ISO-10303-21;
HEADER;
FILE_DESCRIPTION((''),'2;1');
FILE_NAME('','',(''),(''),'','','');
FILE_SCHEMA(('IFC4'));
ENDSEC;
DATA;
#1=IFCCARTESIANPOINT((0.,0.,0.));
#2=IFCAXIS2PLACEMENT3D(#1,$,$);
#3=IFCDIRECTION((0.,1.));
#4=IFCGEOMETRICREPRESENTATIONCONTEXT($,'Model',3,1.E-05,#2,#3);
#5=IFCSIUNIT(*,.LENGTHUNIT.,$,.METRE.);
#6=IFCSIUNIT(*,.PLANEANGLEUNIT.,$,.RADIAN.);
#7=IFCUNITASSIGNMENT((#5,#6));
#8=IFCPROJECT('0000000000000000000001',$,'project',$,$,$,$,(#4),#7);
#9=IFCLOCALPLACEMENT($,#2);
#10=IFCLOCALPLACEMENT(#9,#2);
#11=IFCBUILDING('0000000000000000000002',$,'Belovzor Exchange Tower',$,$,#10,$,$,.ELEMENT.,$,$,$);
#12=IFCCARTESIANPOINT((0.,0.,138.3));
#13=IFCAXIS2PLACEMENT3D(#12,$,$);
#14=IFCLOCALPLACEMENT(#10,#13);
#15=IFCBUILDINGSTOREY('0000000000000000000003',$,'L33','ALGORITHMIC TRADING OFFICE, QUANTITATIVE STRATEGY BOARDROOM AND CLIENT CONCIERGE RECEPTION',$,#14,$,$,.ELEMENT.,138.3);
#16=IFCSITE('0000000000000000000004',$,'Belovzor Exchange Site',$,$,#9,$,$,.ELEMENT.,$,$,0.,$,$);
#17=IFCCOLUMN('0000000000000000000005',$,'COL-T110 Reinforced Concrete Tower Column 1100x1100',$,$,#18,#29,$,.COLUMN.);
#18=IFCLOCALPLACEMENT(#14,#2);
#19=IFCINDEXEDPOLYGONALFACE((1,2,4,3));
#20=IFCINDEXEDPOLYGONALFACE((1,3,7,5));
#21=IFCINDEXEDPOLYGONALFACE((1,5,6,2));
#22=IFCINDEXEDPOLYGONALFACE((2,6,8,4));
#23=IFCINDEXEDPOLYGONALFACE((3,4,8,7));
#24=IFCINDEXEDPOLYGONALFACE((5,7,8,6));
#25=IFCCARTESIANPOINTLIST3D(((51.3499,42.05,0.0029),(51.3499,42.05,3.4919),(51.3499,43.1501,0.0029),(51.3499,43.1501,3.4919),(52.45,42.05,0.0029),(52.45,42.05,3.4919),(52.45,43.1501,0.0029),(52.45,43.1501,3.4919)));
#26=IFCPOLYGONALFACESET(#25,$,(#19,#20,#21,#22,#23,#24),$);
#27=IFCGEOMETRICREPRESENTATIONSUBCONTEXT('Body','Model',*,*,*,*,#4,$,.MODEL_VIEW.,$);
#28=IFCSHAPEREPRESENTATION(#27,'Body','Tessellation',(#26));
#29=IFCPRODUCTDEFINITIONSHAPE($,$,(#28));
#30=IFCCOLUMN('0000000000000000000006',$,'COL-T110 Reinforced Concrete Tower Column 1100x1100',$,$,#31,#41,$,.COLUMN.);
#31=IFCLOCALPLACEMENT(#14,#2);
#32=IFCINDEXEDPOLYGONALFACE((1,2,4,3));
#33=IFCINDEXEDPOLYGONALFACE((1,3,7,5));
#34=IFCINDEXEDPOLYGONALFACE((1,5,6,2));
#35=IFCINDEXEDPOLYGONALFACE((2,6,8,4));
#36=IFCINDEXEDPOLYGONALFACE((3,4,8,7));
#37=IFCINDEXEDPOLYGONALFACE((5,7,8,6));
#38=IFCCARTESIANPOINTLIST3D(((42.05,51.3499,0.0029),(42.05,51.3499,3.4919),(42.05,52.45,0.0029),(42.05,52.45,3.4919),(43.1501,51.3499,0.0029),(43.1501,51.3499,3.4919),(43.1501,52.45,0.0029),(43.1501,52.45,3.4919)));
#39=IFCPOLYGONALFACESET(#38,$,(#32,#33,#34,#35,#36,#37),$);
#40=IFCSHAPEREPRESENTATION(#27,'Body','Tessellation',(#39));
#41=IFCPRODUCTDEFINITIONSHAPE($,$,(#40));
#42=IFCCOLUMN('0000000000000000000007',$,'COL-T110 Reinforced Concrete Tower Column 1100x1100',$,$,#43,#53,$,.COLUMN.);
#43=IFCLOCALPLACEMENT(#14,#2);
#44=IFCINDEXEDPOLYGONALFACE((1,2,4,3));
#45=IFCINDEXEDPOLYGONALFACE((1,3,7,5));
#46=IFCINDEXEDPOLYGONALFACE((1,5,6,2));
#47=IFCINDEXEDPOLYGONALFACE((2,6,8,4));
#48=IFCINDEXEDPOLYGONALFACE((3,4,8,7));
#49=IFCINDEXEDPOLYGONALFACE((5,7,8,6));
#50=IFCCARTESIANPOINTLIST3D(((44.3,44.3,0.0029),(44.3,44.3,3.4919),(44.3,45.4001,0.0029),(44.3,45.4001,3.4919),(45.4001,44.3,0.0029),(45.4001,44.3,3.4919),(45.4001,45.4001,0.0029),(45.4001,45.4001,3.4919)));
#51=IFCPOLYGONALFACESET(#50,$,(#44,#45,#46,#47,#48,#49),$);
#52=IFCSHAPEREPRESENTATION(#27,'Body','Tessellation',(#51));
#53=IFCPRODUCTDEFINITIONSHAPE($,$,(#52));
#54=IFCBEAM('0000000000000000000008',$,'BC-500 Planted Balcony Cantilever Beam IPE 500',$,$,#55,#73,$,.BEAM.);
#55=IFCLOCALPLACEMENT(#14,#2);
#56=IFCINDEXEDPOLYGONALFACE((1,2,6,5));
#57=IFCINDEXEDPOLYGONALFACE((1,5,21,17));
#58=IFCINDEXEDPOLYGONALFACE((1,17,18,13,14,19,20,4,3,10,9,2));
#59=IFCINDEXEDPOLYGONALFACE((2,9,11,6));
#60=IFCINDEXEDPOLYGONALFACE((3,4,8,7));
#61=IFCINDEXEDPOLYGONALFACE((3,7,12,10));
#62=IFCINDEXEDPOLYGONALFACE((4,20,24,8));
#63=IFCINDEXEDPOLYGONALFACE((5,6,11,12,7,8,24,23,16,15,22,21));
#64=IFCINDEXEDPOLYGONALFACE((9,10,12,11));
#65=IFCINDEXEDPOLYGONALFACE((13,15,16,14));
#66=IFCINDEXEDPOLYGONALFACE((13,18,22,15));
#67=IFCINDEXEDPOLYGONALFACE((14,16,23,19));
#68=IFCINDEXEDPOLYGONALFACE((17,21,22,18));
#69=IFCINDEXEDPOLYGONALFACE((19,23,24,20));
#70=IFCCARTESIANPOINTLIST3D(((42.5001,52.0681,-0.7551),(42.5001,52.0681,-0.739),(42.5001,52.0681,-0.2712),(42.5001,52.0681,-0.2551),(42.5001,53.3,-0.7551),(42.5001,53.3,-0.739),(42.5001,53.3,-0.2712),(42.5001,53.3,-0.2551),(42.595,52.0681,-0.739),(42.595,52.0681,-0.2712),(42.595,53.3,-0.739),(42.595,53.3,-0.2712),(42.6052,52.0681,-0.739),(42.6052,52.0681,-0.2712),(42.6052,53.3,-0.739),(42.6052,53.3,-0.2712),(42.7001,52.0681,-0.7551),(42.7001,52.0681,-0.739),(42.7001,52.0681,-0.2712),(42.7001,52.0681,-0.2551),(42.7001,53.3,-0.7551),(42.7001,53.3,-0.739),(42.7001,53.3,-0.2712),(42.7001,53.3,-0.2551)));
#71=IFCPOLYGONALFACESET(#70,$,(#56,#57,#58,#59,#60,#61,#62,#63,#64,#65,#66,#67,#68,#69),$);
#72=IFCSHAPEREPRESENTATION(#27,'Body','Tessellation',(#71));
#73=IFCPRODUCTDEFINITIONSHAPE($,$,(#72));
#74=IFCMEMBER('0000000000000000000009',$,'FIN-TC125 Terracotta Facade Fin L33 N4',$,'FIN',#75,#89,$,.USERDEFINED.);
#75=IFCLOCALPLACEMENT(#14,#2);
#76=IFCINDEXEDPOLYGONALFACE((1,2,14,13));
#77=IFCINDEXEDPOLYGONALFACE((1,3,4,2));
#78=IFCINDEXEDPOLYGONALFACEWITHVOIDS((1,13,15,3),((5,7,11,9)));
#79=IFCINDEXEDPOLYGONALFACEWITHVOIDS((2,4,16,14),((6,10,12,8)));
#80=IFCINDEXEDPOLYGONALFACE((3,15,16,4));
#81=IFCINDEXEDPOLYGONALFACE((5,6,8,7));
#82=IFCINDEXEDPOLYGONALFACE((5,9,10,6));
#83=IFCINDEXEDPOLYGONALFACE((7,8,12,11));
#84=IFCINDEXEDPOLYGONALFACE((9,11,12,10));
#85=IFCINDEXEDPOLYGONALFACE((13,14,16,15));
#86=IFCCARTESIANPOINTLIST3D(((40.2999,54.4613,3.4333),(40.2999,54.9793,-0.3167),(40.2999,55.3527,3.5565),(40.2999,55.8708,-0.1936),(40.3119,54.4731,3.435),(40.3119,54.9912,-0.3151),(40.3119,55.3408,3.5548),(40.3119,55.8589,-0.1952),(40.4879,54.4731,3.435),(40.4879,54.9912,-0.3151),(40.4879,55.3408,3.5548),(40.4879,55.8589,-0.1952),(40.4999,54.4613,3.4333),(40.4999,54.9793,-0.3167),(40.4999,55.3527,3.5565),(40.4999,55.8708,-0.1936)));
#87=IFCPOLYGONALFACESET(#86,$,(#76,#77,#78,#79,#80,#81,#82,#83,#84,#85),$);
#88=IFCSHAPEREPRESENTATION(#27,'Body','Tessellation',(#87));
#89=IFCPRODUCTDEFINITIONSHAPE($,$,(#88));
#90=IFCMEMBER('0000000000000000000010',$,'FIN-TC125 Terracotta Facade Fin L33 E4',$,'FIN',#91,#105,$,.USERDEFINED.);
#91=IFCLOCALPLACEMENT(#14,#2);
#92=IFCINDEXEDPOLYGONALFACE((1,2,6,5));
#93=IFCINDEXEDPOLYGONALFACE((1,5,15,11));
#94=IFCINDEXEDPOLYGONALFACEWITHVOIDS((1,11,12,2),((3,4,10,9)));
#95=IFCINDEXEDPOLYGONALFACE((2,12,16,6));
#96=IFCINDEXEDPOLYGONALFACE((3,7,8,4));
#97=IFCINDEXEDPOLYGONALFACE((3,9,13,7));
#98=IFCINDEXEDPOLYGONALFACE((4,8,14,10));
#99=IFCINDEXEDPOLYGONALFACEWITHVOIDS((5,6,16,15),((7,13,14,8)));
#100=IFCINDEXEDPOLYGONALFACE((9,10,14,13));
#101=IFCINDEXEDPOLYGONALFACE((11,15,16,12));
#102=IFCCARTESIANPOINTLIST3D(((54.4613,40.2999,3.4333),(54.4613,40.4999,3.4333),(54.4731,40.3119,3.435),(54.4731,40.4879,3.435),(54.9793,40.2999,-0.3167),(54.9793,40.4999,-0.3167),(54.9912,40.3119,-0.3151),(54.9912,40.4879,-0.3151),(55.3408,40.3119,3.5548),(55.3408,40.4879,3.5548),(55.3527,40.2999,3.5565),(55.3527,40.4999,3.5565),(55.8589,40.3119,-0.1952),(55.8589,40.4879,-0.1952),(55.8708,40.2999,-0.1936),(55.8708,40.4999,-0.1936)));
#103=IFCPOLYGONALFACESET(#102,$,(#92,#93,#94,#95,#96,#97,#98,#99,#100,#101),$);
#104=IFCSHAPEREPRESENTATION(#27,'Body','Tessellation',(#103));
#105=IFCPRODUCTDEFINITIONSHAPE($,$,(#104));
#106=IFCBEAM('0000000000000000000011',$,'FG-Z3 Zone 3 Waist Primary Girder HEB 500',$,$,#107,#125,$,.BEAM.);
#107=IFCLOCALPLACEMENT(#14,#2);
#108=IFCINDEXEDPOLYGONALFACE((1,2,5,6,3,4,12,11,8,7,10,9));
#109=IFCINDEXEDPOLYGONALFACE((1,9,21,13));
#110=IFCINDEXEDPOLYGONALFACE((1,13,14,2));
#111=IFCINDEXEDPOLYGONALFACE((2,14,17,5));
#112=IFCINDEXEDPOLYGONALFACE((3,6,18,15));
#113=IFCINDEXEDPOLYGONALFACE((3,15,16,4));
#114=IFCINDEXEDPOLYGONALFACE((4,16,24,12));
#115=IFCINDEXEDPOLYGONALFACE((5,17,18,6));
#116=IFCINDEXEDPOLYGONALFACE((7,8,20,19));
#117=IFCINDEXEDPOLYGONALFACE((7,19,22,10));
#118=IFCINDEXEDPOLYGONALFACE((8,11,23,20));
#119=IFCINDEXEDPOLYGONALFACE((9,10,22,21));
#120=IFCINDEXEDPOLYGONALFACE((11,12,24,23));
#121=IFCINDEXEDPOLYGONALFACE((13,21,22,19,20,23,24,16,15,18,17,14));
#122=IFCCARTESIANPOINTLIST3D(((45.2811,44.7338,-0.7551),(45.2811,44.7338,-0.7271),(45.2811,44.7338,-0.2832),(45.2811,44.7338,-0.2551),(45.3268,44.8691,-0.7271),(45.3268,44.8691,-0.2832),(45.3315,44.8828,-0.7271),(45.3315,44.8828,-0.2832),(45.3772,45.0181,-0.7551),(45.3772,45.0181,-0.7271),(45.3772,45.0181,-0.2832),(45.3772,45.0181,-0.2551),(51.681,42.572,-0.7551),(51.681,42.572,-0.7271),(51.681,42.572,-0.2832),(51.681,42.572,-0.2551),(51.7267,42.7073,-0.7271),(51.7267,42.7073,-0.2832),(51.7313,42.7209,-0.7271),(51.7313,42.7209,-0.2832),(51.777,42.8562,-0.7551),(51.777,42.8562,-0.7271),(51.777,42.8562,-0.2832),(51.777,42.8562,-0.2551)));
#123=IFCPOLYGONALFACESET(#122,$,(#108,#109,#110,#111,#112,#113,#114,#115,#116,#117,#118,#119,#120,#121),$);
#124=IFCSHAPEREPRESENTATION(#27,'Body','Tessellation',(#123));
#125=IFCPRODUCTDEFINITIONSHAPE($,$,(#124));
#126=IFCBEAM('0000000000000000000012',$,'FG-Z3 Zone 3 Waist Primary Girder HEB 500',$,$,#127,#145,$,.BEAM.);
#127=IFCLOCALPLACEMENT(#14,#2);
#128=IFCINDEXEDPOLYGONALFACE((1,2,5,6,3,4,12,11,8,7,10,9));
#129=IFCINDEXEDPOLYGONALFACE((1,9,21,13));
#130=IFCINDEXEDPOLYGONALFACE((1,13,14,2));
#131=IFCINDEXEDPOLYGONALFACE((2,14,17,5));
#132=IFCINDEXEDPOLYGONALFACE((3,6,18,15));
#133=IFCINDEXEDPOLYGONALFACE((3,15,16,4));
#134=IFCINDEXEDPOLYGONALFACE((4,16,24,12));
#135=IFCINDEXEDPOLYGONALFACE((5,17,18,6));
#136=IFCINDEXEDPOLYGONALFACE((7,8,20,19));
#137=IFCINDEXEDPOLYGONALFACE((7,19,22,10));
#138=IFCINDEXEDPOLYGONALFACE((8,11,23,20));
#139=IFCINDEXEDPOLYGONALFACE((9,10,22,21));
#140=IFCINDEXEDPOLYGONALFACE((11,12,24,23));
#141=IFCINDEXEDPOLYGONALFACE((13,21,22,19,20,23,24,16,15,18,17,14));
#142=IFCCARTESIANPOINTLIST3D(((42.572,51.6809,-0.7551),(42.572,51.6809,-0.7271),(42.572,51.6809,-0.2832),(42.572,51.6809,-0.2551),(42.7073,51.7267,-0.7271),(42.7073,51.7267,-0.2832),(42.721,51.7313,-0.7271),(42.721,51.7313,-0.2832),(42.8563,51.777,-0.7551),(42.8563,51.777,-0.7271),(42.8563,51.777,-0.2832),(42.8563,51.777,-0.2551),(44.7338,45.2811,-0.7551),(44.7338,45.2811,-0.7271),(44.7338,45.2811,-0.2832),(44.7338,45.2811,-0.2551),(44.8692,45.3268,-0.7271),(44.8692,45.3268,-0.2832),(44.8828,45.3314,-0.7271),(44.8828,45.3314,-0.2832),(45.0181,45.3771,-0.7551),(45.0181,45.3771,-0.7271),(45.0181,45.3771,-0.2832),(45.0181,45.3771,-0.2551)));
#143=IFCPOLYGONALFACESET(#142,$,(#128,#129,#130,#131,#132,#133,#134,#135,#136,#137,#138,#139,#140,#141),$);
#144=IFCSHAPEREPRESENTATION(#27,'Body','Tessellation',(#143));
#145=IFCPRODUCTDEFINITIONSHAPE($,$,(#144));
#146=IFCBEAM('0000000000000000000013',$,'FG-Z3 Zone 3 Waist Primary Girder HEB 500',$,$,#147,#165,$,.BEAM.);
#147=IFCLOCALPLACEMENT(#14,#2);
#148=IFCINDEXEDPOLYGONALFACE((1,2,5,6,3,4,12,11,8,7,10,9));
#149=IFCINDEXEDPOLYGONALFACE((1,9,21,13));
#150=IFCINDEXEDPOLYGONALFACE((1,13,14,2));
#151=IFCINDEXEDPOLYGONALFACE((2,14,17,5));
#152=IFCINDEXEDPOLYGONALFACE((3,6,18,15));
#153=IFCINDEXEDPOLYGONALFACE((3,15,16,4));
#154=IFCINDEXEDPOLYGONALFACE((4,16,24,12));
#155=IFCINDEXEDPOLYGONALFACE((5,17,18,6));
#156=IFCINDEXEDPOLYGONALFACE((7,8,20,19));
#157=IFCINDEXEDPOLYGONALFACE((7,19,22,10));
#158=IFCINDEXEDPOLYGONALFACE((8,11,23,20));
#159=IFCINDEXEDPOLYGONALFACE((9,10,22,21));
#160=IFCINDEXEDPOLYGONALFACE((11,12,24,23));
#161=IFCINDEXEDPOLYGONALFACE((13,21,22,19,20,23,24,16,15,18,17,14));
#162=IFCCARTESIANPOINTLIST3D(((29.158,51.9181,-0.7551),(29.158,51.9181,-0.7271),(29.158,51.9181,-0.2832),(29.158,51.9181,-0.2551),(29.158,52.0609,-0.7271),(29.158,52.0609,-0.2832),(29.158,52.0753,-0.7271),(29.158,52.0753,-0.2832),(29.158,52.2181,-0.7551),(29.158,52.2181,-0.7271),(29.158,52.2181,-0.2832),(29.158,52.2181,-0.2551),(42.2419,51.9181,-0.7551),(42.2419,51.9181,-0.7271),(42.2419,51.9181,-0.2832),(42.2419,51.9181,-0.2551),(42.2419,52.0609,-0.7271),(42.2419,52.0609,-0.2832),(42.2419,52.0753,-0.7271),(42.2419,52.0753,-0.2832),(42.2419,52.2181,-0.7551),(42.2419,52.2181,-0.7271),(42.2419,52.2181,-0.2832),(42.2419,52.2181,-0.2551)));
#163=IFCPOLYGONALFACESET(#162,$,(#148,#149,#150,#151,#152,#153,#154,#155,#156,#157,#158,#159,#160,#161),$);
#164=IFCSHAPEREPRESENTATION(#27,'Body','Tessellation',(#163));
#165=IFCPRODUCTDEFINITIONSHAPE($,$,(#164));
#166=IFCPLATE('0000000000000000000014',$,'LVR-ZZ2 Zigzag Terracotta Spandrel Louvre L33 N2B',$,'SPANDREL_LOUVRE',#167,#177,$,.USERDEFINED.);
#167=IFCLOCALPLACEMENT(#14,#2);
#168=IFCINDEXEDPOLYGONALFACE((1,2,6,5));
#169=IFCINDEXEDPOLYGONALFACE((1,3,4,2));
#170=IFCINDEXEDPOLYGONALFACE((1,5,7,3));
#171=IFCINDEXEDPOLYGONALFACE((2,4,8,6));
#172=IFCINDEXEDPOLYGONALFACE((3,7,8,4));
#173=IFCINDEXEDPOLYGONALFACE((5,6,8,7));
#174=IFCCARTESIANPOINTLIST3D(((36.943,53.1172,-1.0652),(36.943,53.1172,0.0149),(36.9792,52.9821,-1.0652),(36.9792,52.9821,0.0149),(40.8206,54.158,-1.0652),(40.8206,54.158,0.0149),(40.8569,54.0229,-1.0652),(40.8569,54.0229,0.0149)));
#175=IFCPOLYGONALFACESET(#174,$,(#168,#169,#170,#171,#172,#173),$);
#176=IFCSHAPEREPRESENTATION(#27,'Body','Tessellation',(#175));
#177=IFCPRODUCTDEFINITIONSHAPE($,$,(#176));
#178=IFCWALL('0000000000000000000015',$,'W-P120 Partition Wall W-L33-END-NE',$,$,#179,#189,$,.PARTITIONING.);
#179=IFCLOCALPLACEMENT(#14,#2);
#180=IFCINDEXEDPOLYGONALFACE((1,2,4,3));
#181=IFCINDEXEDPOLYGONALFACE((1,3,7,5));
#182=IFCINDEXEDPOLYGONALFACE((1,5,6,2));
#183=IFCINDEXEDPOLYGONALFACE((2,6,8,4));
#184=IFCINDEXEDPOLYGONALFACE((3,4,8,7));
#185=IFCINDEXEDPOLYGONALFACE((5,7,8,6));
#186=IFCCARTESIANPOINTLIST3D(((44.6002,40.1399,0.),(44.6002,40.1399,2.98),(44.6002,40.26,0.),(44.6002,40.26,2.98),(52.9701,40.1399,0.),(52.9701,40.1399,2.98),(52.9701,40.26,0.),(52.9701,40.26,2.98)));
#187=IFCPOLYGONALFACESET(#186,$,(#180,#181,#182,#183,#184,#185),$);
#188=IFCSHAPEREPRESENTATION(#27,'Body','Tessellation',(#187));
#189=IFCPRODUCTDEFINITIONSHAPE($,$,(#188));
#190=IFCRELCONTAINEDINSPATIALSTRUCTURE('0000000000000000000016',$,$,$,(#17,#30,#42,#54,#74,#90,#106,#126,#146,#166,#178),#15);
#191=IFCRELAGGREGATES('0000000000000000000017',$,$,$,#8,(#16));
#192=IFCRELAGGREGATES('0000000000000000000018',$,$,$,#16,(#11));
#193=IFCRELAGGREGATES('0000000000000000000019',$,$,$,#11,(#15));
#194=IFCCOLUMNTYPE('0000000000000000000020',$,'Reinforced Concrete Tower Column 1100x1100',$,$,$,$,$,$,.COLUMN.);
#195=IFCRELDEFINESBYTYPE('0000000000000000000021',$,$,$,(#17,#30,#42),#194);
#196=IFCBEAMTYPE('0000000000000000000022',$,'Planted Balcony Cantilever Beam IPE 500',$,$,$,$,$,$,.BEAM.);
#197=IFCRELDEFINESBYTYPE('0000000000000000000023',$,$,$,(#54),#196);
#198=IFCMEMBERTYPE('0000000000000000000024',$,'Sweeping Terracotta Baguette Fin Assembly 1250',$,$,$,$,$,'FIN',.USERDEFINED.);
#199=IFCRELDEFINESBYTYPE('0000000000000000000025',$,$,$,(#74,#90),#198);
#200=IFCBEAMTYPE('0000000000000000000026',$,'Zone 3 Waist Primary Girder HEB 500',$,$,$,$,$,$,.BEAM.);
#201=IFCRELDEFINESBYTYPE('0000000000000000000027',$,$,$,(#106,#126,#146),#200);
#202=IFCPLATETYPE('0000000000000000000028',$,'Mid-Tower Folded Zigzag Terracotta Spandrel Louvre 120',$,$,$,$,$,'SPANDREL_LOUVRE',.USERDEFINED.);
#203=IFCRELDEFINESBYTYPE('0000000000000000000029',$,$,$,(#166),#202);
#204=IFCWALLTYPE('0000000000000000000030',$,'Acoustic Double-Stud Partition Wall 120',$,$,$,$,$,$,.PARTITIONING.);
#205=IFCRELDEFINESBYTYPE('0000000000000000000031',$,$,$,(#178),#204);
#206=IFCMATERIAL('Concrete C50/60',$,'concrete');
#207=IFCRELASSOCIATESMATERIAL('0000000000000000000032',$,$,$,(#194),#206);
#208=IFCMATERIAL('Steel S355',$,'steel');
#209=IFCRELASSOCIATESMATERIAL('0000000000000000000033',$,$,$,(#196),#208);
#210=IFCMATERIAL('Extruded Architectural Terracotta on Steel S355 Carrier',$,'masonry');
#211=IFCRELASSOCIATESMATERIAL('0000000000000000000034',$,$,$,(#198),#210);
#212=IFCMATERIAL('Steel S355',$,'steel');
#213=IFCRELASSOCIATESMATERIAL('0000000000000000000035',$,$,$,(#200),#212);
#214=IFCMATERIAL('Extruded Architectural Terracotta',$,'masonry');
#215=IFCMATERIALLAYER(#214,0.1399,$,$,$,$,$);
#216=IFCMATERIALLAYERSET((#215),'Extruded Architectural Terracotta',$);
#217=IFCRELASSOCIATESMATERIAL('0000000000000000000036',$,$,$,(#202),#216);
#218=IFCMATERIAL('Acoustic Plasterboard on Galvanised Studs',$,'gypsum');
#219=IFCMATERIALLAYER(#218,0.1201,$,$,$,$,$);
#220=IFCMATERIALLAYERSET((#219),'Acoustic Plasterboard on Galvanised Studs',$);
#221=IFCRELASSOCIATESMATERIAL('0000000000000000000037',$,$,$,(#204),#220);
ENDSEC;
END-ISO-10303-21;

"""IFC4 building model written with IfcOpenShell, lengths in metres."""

from ifc_helpers import new_model, si_unit, direction, frame, frame_2d, origin, origin_2d, place, context, subcontext, project, spatial, rectangle, hollow_rectangle, i_section, extrude, material, layer, layer_set, material_profile, profile_set, type_object, element, save


model = new_model("IFC4")

# Units and contexts
model_context = context("Model", 3, precision=1e-05, world=origin(), true_north=direction((0.0, 1.0)))
body_context = subcontext(model_context, "Body", "Model", "MODEL_VIEW")
ifc_project = project(units=[si_unit("LENGTHUNIT", "METRE"), si_unit("PLANEANGLEUNIT", "RADIAN")], contexts=[model_context])

# Site, building, storey
site_placement = place(None, origin())
site = spatial("IfcSite", under=ifc_project, at=site_placement, Name="Belovzor Exchange Site", CompositionType="ELEMENT", RefElevation=0.0)
building_placement = place(site_placement, origin())
building = spatial("IfcBuilding", under=site, at=building_placement, Name="Belovzor Exchange Tower", CompositionType="ELEMENT")
storey_placement = place(building_placement, frame((0.0, 0.0, 138.3)))
storey = spatial("IfcBuildingStorey", under=building, at=storey_placement, Name="L33", Description="ALGORITHMIC TRADING OFFICE, QUANTITATIVE STRATEGY BOARDROOM AND CLIENT CONCIERGE RECEPTION", CompositionType="ELEMENT", Elevation=138.3)

# Columns
ifc_material_1 = material(Name="Concrete C50/60", Category="concrete")
ifc_material_profile_1 = material_profile(ifc_material_1, rectangle(XDim=1.1001, YDim=1.1001, at=origin_2d()))
ifc_profile_set_1 = profile_set([ifc_material_profile_1], Name="Concrete C50/60")
column_type = type_object("IfcColumnType", Name="Reinforced Concrete Tower Column 1100x1100", PredefinedType="COLUMN", material=ifc_profile_set_1)
for number, where, z_axis, x_axis, name in (
    (1, (51.8999, 42.6001, 0.0029), (0.0, 0.0, 1.0), (1.0, 0.0, 0.0), "COL-T110 Reinforced Concrete Tower Column 1100x1100"),
    (2, (42.6001, 51.8999, 0.0029), (0.0, 0.0, 1.0), (1.0, 0.0, 0.0), "COL-T110 Reinforced Concrete Tower Column 1100x1100"),
    (3, (44.8501, 44.8501, 0.0029), (0.0, 0.0, 1.0), (1.0, 0.0, 0.0), "COL-T110 Reinforced Concrete Tower Column 1100x1100"),
):
    element("IfcColumn", number, at=place(storey_placement, frame(where, z_axis=z_axis, x_axis=x_axis)), inside=storey, type_object=column_type, Name=name, PredefinedType="COLUMN", context=body_context, shape_type="SweptSolid", body=[
        extrude(rectangle(XDim=1.1001, YDim=1.1001, at=origin_2d()), origin(), (0.0, 0.0, 1.0), 3.489),
    ])

# Beam
ifc_material_2 = material(Name="Steel S355", Category="steel")
ifc_material_profile_2 = material_profile(ifc_material_2, i_section(OverallWidth=0.2, OverallDepth=0.5, WebThickness=0.0103, FlangeThickness=0.0161, at=origin_2d()))
ifc_profile_set_2 = profile_set([ifc_material_profile_2], Name="Steel S355")
beam_type_1 = type_object("IfcBeamType", Name="Planted Balcony Cantilever Beam IPE 500", PredefinedType="BEAM", material=ifc_profile_set_2)
beam_1_placement = place(storey_placement, frame((42.6001, 52.0681, -0.5051), z_axis=(0.0, 1.0, 0.0), x_axis=(-1.0, 0.0, 0.0)))
element("IfcBeam", 4, at=beam_1_placement, inside=storey, type_object=beam_type_1, Name="BC-500 Planted Balcony Cantilever Beam IPE 500", PredefinedType="BEAM", context=body_context, shape_type="SweptSolid", body=[
    extrude(i_section(OverallWidth=0.2, OverallDepth=0.5, WebThickness=0.0103, FlangeThickness=0.0161, at=origin_2d()), origin(), (0.0, 0.0, 1.0), 1.2319),
])

# Members
ifc_material_3 = material(Name="Extruded Architectural Terracotta on Steel S355 Carrier", Category="masonry")
ifc_material_profile_3 = material_profile(ifc_material_3, hollow_rectangle(XDim=0.2, YDim=0.8999, WallThickness=0.012, at=origin_2d()))
ifc_profile_set_3 = profile_set([ifc_material_profile_3], Name="Extruded Architectural Terracotta on Steel S355 Carrier")
member_type = type_object("IfcMemberType", Name="Sweeping Terracotta Baguette Fin Assembly 1250", ElementType="FIN", PredefinedType="USERDEFINED", material=ifc_profile_set_3)
for number, where, z_axis, x_axis, name in (
    (5, (40.3999, 55.425, -0.2551), (0.0, -0.136851, 0.990592), (1.0, 0.0, 0.0), "FIN-TC125 Terracotta Facade Fin L33 N4"),
    (6, (55.425, 40.3999, -0.2551), (-0.136851, 0.0, 0.990592), (0.0, -1.0, 0.0), "FIN-TC125 Terracotta Facade Fin L33 E4"),
):
    element("IfcMember", number, at=place(storey_placement, frame(where, z_axis=z_axis, x_axis=x_axis)), inside=storey, type_object=member_type, Name=name, ObjectType="FIN", PredefinedType="USERDEFINED", context=body_context, shape_type="SweptSolid", body=[
        extrude(hollow_rectangle(XDim=0.2, YDim=0.8999, WallThickness=0.012, at=origin_2d()), origin(), (0.0, 0.0, 1.0), 3.7856),
    ])

# Beams
ifc_material_4 = material(Name="Steel S355", Category="steel")
ifc_material_profile_4 = material_profile(ifc_material_4, i_section(OverallWidth=0.3, OverallDepth=0.5, WebThickness=0.0144, FlangeThickness=0.0281, at=origin_2d()))
ifc_profile_set_4 = profile_set([ifc_material_profile_4], Name="Steel S355")
beam_type_2 = type_object("IfcBeamType", Name="Zone 3 Waist Primary Girder HEB 500", PredefinedType="BEAM", material=ifc_profile_set_4)
for number, where, z_axis, x_axis, name in (
    (7, (51.729, 42.7141, -0.5051), (-0.947407, 0.320031, 0.0), (-0.320031, -0.947407, 0.0), "FG-Z3 Zone 3 Waist Primary Girder HEB 500"),
    (8, (44.876, 45.3291, -0.5051), (-0.320031, 0.947407, 0.0), (-0.947407, -0.320031, 0.0), "FG-Z3 Zone 3 Waist Primary Girder HEB 500"),
):
    element("IfcBeam", number, at=place(storey_placement, frame(where, z_axis=z_axis, x_axis=x_axis)), inside=storey, type_object=beam_type_2, Name=name, PredefinedType="BEAM", context=body_context, shape_type="SweptSolid", body=[
        extrude(i_section(OverallWidth=0.3, OverallDepth=0.5, WebThickness=0.0144, FlangeThickness=0.0281, at=origin_2d()), origin(), (0.0, 0.0, 1.0), 6.7551),
    ])
beam_2_placement = place(storey_placement, frame((42.2419, 52.0681, -0.5051), z_axis=(-1.0, 0.0, 0.0), x_axis=(0.0, -1.0, 0.0)))
element("IfcBeam", 9, at=beam_2_placement, inside=storey, type_object=beam_type_2, Name="FG-Z3 Zone 3 Waist Primary Girder HEB 500", PredefinedType="BEAM", context=body_context, shape_type="SweptSolid", body=[
    extrude(i_section(OverallWidth=0.3, OverallDepth=0.5, WebThickness=0.0144, FlangeThickness=0.0281, at=origin_2d()), origin(), (0.0, 0.0, 1.0), 13.084),
])

# Plate
ifc_material_5 = material(Name="Extruded Architectural Terracotta", Category="masonry")
ifc_layer_1 = layer(ifc_material_5, 0.1399)
ifc_layer_set_1 = layer_set([ifc_layer_1], Name="Extruded Architectural Terracotta")
plate_type = type_object("IfcPlateType", Name="Mid-Tower Folded Zigzag Terracotta Spandrel Louvre 120", ElementType="SPANDREL_LOUVRE", PredefinedType="USERDEFINED", material=ifc_layer_set_1)
plate_placement = place(storey_placement, frame((38.8999, 53.5701, -1.0652), z_axis=(0.0, 0.0, 1.0), x_axis=(0.965813, 0.25924, 0.0)))
element("IfcPlate", 10, at=plate_placement, inside=storey, type_object=plate_type, Name="LVR-ZZ2 Zigzag Terracotta Spandrel Louvre L33 N2B", ObjectType="SPANDREL_LOUVRE", PredefinedType="USERDEFINED", context=body_context, shape_type="SweptSolid", body=[
    extrude(rectangle(XDim=4.0149, YDim=0.1399, at=origin_2d()), origin(), (0.0, 0.0, 1.0), 1.0801),
])

# Wall
ifc_material_6 = material(Name="Acoustic Plasterboard on Galvanised Studs", Category="gypsum")
ifc_layer_2 = layer(ifc_material_6, 0.1201)
ifc_layer_set_2 = layer_set([ifc_layer_2], Name="Acoustic Plasterboard on Galvanised Studs")
wall_type_1 = type_object("IfcWallType", Name="Acoustic Double-Stud Partition Wall 120", PredefinedType="PARTITIONING", material=ifc_layer_set_2)
wall_1_placement = place(storey_placement, frame((44.6001, 40.2, 0.0), z_axis=(0.0, 0.0, 1.0), x_axis=(1.0, 0.0, 0.0)))
element("IfcWall", 11, at=wall_1_placement, inside=storey, type_object=wall_type_1, Name="W-P120 Partition Wall W-L33-END-NE", PredefinedType="PARTITIONING", context=body_context, shape_type="SweptSolid", body=[
    extrude(rectangle(XDim=8.3699, YDim=0.1201, at=frame_2d((4.1851, 0.0))), origin(), (0.0, 0.0, 1.0), 2.98),
])

save(model, "model.ifc")
